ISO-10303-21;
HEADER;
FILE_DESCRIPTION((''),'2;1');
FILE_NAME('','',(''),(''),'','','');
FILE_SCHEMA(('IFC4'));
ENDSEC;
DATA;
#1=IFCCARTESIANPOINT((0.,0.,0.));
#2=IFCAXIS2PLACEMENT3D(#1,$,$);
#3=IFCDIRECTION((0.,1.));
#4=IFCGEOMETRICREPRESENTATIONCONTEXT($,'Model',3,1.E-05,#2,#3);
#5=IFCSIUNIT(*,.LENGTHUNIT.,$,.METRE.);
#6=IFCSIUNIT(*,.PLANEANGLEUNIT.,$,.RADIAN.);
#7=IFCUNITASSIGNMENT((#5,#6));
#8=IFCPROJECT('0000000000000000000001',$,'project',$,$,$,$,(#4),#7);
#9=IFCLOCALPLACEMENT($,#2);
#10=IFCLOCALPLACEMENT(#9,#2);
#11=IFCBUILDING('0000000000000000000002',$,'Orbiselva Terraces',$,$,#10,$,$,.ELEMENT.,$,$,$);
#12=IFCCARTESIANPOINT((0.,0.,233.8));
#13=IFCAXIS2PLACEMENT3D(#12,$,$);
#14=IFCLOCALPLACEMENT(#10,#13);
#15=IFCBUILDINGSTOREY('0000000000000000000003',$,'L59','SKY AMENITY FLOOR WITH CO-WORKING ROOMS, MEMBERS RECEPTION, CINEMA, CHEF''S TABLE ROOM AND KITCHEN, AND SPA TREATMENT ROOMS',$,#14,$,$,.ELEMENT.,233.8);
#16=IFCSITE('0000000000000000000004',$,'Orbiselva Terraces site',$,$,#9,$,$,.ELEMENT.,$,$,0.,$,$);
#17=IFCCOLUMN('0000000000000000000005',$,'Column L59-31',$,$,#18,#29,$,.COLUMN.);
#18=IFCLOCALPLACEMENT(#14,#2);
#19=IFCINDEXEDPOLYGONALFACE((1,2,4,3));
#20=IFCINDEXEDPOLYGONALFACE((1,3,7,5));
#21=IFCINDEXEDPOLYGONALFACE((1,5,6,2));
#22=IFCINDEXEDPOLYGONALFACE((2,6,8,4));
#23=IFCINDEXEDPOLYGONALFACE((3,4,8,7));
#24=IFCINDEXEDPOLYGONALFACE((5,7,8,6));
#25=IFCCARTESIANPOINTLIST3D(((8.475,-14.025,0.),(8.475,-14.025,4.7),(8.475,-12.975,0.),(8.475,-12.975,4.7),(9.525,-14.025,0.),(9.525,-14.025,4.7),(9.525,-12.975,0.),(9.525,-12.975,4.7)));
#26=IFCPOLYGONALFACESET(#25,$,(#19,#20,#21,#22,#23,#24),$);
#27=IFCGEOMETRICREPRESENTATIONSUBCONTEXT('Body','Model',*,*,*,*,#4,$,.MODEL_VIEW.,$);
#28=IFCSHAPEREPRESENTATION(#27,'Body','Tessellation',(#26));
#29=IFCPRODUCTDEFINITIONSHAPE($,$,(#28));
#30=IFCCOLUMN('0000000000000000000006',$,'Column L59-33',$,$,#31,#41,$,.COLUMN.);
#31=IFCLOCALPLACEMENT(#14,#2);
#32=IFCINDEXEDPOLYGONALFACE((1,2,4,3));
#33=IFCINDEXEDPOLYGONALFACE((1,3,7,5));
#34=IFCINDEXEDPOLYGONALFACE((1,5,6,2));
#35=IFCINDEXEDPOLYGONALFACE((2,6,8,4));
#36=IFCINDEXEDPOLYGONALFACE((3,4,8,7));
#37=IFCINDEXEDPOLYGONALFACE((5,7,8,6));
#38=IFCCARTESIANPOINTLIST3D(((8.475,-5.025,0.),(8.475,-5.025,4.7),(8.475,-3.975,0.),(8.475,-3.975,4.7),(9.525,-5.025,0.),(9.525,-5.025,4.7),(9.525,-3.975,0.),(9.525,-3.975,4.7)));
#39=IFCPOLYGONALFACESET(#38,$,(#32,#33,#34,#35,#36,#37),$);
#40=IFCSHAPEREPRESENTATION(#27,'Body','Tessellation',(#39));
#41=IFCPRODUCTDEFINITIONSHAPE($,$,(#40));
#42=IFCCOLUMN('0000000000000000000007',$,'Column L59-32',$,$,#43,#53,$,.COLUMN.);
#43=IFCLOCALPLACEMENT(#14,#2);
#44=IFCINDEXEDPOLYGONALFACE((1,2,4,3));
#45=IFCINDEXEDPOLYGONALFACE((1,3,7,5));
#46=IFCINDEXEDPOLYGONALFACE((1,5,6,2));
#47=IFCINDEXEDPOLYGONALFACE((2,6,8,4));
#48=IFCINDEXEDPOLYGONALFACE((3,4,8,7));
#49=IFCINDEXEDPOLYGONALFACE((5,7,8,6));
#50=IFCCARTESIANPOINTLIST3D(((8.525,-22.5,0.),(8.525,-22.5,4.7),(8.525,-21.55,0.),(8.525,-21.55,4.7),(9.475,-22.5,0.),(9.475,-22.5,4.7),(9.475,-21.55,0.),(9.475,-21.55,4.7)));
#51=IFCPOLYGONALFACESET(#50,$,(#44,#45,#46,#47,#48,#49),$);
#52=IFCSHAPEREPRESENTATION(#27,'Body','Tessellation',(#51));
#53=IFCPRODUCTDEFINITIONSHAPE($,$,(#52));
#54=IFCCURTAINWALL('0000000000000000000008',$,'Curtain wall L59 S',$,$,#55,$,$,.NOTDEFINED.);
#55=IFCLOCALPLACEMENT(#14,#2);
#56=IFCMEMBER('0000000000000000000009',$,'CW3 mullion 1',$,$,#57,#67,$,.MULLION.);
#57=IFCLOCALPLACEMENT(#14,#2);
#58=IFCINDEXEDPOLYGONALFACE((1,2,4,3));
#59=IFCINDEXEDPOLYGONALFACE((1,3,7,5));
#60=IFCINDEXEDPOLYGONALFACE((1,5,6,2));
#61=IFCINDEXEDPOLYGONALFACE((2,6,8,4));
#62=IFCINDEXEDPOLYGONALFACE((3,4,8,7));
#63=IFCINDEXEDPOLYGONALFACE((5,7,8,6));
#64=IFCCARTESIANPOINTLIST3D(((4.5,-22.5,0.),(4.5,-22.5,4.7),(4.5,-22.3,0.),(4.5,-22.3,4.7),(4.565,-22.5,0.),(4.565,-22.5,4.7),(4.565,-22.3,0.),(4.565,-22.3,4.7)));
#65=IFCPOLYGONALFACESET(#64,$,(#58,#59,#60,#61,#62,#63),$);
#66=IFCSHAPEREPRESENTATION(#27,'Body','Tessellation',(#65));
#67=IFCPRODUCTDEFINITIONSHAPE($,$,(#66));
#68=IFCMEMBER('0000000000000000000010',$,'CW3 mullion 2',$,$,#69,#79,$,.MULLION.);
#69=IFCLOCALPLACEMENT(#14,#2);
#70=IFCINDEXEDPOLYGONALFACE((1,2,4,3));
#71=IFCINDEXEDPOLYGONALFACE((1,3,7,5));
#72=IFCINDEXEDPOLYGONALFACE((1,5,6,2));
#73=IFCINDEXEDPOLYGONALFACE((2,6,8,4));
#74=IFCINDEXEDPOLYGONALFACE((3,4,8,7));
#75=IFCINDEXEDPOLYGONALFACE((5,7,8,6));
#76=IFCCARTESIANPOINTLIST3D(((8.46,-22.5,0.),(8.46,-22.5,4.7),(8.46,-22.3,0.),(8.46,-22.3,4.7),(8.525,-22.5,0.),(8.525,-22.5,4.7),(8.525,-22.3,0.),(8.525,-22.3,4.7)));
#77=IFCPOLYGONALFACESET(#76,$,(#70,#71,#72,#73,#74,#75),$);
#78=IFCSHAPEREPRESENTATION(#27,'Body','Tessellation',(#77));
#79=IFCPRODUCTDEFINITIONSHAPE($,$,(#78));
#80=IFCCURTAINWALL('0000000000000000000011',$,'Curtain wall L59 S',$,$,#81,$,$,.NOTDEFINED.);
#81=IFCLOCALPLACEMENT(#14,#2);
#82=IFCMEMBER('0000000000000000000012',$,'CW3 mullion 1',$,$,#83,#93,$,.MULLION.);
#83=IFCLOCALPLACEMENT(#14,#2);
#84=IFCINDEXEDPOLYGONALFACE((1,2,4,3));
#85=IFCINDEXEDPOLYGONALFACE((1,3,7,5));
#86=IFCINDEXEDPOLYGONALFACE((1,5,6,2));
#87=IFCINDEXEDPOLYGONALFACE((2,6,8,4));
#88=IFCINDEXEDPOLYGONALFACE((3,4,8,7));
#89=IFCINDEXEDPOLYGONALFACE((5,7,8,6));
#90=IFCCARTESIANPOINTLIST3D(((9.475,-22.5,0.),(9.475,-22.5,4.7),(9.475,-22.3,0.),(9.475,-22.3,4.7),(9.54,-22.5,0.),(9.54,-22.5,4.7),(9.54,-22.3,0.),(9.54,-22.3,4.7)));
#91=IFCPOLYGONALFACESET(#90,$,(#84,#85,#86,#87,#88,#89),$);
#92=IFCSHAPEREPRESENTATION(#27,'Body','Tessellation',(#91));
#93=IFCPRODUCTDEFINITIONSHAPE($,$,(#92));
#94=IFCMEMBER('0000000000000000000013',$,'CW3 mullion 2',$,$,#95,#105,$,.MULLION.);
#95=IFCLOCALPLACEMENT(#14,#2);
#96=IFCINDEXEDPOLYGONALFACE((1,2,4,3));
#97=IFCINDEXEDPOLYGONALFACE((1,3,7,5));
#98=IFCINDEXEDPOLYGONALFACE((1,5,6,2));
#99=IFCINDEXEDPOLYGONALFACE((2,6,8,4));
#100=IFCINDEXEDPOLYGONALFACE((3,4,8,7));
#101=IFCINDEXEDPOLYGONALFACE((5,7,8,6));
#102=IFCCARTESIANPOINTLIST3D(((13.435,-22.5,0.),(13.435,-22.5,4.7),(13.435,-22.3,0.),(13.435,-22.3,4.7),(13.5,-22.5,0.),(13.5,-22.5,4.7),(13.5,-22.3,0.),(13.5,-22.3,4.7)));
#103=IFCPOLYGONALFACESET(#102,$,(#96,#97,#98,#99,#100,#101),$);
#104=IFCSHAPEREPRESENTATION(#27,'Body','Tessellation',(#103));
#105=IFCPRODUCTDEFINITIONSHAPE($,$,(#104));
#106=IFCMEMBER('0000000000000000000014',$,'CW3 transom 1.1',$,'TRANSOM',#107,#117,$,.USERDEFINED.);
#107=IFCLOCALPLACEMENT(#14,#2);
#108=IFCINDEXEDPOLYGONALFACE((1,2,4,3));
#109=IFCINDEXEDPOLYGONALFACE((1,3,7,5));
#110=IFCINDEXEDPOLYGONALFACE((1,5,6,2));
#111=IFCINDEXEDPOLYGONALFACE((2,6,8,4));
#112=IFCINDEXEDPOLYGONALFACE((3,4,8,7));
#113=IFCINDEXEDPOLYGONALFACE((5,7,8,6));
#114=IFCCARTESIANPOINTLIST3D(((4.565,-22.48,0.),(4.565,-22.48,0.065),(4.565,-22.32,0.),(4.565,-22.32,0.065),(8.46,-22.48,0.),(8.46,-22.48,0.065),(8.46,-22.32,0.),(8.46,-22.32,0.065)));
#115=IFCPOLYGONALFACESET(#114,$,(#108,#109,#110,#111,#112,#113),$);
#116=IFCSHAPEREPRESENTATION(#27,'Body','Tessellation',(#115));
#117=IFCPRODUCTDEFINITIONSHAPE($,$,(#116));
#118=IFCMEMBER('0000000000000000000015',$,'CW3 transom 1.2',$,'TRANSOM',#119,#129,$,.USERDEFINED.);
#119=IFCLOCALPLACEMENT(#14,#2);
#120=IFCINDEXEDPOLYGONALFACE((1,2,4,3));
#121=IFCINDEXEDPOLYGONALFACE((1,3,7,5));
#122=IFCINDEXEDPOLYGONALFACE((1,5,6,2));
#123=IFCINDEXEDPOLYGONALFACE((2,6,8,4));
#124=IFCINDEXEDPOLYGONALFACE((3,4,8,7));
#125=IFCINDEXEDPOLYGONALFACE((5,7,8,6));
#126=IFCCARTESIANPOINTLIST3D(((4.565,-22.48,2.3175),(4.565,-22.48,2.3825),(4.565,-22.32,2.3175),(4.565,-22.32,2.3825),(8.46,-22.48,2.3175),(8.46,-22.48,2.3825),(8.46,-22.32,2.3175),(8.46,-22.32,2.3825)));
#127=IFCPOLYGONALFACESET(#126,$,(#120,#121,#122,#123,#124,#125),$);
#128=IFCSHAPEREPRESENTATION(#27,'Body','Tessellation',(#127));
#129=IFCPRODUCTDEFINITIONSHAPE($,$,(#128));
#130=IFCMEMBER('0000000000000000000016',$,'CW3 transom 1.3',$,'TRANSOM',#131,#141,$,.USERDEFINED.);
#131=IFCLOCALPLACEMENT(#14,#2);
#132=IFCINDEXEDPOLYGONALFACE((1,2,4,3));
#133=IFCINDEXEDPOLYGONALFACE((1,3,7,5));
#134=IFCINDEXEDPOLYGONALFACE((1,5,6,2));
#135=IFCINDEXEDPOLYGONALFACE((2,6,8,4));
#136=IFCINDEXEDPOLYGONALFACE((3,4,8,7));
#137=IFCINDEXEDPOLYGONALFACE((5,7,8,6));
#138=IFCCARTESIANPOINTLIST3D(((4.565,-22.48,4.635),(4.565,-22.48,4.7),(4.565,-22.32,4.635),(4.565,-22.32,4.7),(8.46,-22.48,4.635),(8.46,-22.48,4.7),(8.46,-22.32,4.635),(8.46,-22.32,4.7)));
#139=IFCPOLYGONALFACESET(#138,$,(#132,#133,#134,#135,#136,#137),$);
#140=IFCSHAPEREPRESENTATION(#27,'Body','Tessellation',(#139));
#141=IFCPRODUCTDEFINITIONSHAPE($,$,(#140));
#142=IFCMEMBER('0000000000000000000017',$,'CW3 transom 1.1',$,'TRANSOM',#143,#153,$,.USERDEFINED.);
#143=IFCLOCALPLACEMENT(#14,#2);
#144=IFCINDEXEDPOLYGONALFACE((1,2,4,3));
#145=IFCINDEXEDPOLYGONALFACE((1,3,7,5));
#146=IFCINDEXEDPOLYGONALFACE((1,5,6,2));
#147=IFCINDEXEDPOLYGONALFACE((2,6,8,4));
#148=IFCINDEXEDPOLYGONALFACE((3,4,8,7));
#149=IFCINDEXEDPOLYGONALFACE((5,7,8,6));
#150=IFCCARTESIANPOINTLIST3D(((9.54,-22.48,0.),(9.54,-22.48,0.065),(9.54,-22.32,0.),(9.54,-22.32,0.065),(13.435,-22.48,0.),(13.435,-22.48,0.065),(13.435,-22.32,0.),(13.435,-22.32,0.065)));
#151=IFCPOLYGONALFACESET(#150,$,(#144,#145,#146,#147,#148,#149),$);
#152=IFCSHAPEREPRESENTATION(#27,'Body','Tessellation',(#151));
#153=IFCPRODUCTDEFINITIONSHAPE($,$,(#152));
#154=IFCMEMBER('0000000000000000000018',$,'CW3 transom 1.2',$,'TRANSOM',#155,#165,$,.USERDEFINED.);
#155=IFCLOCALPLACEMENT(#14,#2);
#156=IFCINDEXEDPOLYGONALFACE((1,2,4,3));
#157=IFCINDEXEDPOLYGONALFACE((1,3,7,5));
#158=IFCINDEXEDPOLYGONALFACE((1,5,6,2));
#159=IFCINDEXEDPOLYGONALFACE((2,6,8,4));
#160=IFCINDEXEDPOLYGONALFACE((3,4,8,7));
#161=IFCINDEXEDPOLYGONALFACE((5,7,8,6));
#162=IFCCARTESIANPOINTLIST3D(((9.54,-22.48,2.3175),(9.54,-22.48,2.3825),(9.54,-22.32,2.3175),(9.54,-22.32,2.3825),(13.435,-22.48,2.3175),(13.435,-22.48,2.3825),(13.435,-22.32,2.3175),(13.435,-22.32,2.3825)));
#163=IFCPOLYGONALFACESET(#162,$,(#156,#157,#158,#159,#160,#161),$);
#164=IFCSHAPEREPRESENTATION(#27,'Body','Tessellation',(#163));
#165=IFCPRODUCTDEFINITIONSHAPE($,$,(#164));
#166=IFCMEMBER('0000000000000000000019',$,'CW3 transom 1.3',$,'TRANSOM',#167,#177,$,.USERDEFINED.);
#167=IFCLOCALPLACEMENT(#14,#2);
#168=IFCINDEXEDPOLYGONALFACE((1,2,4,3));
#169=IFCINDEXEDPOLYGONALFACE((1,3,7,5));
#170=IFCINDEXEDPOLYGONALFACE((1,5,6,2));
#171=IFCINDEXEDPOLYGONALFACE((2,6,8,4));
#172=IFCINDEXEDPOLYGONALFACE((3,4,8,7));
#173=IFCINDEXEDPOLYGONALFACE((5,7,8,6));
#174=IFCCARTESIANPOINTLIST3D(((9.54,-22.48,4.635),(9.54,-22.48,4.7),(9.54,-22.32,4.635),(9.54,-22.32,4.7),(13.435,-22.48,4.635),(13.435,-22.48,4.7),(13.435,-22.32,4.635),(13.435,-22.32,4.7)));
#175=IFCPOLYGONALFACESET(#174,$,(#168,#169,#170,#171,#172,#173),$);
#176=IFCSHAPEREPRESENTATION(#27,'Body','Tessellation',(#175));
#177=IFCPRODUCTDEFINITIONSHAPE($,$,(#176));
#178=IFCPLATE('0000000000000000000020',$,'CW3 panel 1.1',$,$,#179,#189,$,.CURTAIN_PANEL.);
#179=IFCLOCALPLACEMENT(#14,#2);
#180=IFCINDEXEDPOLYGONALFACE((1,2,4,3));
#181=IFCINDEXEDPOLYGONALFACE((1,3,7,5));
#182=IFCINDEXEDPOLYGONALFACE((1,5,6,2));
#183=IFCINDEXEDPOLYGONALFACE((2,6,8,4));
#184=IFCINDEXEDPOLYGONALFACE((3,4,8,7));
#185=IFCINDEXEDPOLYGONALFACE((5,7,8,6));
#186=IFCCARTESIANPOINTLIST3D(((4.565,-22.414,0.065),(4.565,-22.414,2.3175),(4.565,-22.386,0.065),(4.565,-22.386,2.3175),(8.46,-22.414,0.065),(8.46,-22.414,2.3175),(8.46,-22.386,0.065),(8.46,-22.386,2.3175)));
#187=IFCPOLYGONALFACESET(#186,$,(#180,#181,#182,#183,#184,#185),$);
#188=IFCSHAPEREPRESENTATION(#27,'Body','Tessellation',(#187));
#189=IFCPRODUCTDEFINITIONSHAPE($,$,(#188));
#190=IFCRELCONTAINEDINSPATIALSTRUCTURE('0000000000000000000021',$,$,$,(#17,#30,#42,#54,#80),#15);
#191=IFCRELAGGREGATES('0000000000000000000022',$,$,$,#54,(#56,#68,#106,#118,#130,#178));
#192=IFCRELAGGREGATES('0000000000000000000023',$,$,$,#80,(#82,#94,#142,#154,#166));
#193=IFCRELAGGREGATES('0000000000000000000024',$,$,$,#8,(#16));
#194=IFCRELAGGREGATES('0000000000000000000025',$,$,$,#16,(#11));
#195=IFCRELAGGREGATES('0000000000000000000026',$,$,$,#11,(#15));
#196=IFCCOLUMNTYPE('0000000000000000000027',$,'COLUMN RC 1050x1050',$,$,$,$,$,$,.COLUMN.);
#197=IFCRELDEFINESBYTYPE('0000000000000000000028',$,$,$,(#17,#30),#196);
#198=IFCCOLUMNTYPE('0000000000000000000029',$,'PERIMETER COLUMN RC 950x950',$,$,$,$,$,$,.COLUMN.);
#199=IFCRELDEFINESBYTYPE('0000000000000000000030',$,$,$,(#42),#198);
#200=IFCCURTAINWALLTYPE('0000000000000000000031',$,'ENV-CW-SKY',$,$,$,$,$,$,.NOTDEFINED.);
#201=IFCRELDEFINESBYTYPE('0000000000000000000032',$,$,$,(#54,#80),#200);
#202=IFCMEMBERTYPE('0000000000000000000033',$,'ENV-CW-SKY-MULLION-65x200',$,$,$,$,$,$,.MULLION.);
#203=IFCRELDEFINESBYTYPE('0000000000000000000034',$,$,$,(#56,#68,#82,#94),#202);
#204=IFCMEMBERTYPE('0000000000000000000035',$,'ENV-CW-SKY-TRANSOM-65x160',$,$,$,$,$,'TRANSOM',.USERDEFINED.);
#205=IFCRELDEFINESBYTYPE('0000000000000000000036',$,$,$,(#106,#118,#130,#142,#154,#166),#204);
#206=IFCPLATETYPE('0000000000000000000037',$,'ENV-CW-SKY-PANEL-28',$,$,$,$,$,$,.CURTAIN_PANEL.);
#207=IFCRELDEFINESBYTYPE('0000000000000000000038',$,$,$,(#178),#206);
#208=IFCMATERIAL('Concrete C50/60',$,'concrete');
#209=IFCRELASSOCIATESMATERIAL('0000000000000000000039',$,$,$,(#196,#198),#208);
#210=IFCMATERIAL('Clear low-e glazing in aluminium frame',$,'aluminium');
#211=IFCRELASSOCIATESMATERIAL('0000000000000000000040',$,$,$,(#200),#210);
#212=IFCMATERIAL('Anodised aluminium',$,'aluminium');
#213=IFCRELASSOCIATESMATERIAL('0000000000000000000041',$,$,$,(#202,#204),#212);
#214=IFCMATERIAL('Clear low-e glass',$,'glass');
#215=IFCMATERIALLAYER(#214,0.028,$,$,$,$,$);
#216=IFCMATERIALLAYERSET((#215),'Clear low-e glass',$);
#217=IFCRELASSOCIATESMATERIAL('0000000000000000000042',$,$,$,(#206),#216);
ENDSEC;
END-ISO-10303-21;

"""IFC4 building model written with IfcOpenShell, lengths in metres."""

from ifc_helpers import new_model, si_unit, direction, frame, origin, origin_2d, place, context, subcontext, project, spatial, rectangle, extrude, material, layer, layer_set, material_profile, profile_set, type_object, element, aggregate, save


model = new_model("IFC4")

# Units and contexts
model_context = context("Model", 3, precision=1e-05, world=origin(), true_north=direction((0.0, 1.0)))
body_context = subcontext(model_context, "Body", "Model", "MODEL_VIEW")
ifc_project = project(units=[si_unit("LENGTHUNIT", "METRE"), si_unit("PLANEANGLEUNIT", "RADIAN")], contexts=[model_context])

# Site, building, storey
site_placement = place(None, origin())
site = spatial("IfcSite", under=ifc_project, at=site_placement, Name="Orbiselva Terraces site", CompositionType="ELEMENT", RefElevation=0.0)
building_placement = place(site_placement, origin())
building = spatial("IfcBuilding", under=site, at=building_placement, Name="Orbiselva Terraces", CompositionType="ELEMENT")
storey_placement = place(building_placement, frame((0.0, 0.0, 233.8)))
storey = spatial("IfcBuildingStorey", under=building, at=storey_placement, Name="L59", Description="SKY AMENITY FLOOR WITH CO-WORKING ROOMS, MEMBERS RECEPTION, CINEMA, CHEF'S TABLE ROOM AND KITCHEN, AND SPA TREATMENT ROOMS", CompositionType="ELEMENT", Elevation=233.8)

# Columns
ifc_material_1 = material(Name="Concrete C50/60", Category="concrete")
ifc_material_profile_1 = material_profile(ifc_material_1, rectangle(XDim=1.05, YDim=1.05, at=origin_2d()), Name="RC 1050x1050")
ifc_profile_set_1 = profile_set([ifc_material_profile_1], Name="Concrete C50/60")
column_type_1 = type_object("IfcColumnType", Name="COLUMN RC 1050x1050", PredefinedType="COLUMN", material=ifc_profile_set_1)
for number, where, z_axis, x_axis, name in (
    (1, (9.0, -13.5, 0.0), (0.0, 0.0, 1.0), (1.0, 0.0, 0.0), "Column L59-31"),
    (2, (9.0, -4.5, 0.0), (0.0, 0.0, 1.0), (1.0, 0.0, 0.0), "Column L59-33"),
):
    element("IfcColumn", number, at=place(storey_placement, frame(where, z_axis=z_axis, x_axis=x_axis)), inside=storey, type_object=column_type_1, Name=name, PredefinedType="COLUMN", context=body_context, shape_type="SweptSolid", body=[
        extrude(rectangle(XDim=1.05, YDim=1.05, at=origin_2d()), origin(), (0.0, 0.0, 1.0), 4.7),
    ])
ifc_material_profile_2 = material_profile(ifc_material_1, rectangle(XDim=0.95, YDim=0.95, at=origin_2d()), Name="RC 950x950")
ifc_profile_set_2 = profile_set([ifc_material_profile_2], Name="Concrete C50/60")
column_type_2 = type_object("IfcColumnType", Name="PERIMETER COLUMN RC 950x950", PredefinedType="COLUMN", material=ifc_profile_set_2)
column_placement = place(storey_placement, frame((9.0, -22.025, 0.0), z_axis=(0.0, 0.0, 1.0), x_axis=(1.0, 0.0, 0.0)))
element("IfcColumn", 3, at=column_placement, inside=storey, type_object=column_type_2, Name="Column L59-32", PredefinedType="COLUMN", context=body_context, shape_type="SweptSolid", body=[
    extrude(rectangle(XDim=0.95, YDim=0.95, at=origin_2d()), origin(), (0.0, 0.0, 1.0), 4.7),
])

# Curtain walls, members
ifc_material_2 = material(Name="Clear low-e glazing in aluminium frame", Category="aluminium")
curtain_wall_type = type_object("IfcCurtainWallType", Name="ENV-CW-SKY", PredefinedType="NOTDEFINED", material=ifc_material_2)
curtain_wall_1_placement = place(storey_placement, origin())
curtain_wall_1 = element("IfcCurtainWall", 4, at=curtain_wall_1_placement, inside=storey, type_object=curtain_wall_type, Name="Curtain wall L59 S", PredefinedType="NOTDEFINED")
ifc_material_3 = material(Name="Anodised aluminium", Category="aluminium")
ifc_material_profile_3 = material_profile(ifc_material_3, rectangle(XDim=0.2, YDim=0.065, at=origin_2d()), Name="AL 65x200")
ifc_profile_set_3 = profile_set([ifc_material_profile_3], Name="Anodised aluminium")
member_type_1 = type_object("IfcMemberType", Name="ENV-CW-SKY-MULLION-65x200", PredefinedType="MULLION", material=ifc_profile_set_3)
member_1_placement = place(storey_placement, frame((4.5325, -22.4, 0.0), z_axis=(0.0, 0.0, 1.0), x_axis=(0.0, 1.0, 0.0)))
member_1 = element("IfcMember", 5, at=member_1_placement, type_object=member_type_1, Name="CW3 mullion 1", PredefinedType="MULLION", context=body_context, shape_type="SweptSolid", body=[
    extrude(rectangle(XDim=0.2, YDim=0.065, at=origin_2d()), origin(), (0.0, 0.0, 1.0), 4.7),
])
member_2_placement = place(storey_placement, frame((8.4925, -22.4, 0.0), z_axis=(0.0, 0.0, 1.0), x_axis=(0.0, 1.0, 0.0)))
member_2 = element("IfcMember", 6, at=member_2_placement, type_object=member_type_1, Name="CW3 mullion 2", PredefinedType="MULLION", context=body_context, shape_type="SweptSolid", body=[
    extrude(rectangle(XDim=0.2, YDim=0.065, at=origin_2d()), origin(), (0.0, 0.0, 1.0), 4.7),
])
curtain_wall_2_placement = place(storey_placement, origin())
curtain_wall_2 = element("IfcCurtainWall", 7, at=curtain_wall_2_placement, inside=storey, type_object=curtain_wall_type, Name="Curtain wall L59 S", PredefinedType="NOTDEFINED")
member_3_placement = place(storey_placement, frame((9.5075, -22.4, 0.0), z_axis=(0.0, 0.0, 1.0), x_axis=(0.0, 1.0, 0.0)))
member_3 = element("IfcMember", 8, at=member_3_placement, type_object=member_type_1, Name="CW3 mullion 1", PredefinedType="MULLION", context=body_context, shape_type="SweptSolid", body=[
    extrude(rectangle(XDim=0.2, YDim=0.065, at=origin_2d()), origin(), (0.0, 0.0, 1.0), 4.7),
])
member_4_placement = place(storey_placement, frame((13.4675, -22.4, 0.0), z_axis=(0.0, 0.0, 1.0), x_axis=(0.0, 1.0, 0.0)))
member_4 = element("IfcMember", 9, at=member_4_placement, type_object=member_type_1, Name="CW3 mullion 2", PredefinedType="MULLION", context=body_context, shape_type="SweptSolid", body=[
    extrude(rectangle(XDim=0.2, YDim=0.065, at=origin_2d()), origin(), (0.0, 0.0, 1.0), 4.7),
])

# Members
ifc_material_profile_4 = material_profile(ifc_material_3, rectangle(XDim=0.16, YDim=0.065, at=origin_2d()), Name="AL 65x160")
ifc_profile_set_4 = profile_set([ifc_material_profile_4], Name="Anodised aluminium")
member_type_2 = type_object("IfcMemberType", Name="ENV-CW-SKY-TRANSOM-65x160", ElementType="TRANSOM", PredefinedType="USERDEFINED", material=ifc_profile_set_4)
member_5_placement = place(storey_placement, frame((4.565, -22.4, 0.0325), z_axis=(1.0, 0.0, 0.0), x_axis=(0.0, 1.0, 0.0)))
member_5 = element("IfcMember", 10, at=member_5_placement, type_object=member_type_2, Name="CW3 transom 1.1", ObjectType="TRANSOM", PredefinedType="USERDEFINED", context=body_context, shape_type="SweptSolid", body=[
    extrude(rectangle(XDim=0.16, YDim=0.065, at=origin_2d()), origin(), (0.0, 0.0, 1.0), 3.895),
])
member_6_placement = place(storey_placement, frame((4.565, -22.4, 2.35), z_axis=(1.0, 0.0, 0.0), x_axis=(0.0, 1.0, 0.0)))
member_6 = element("IfcMember", 11, at=member_6_placement, type_object=member_type_2, Name="CW3 transom 1.2", ObjectType="TRANSOM", PredefinedType="USERDEFINED", context=body_context, shape_type="SweptSolid", body=[
    extrude(rectangle(XDim=0.16, YDim=0.065, at=origin_2d()), origin(), (0.0, 0.0, 1.0), 3.895),
])
member_7_placement = place(storey_placement, frame((4.565, -22.4, 4.6675), z_axis=(1.0, 0.0, 0.0), x_axis=(0.0, 1.0, 0.0)))
member_7 = element("IfcMember", 12, at=member_7_placement, type_object=member_type_2, Name="CW3 transom 1.3", ObjectType="TRANSOM", PredefinedType="USERDEFINED", context=body_context, shape_type="SweptSolid", body=[
    extrude(rectangle(XDim=0.16, YDim=0.065, at=origin_2d()), origin(), (0.0, 0.0, 1.0), 3.895),
])
member_8_placement = place(storey_placement, frame((9.54, -22.4, 0.0325), z_axis=(1.0, 0.0, 0.0), x_axis=(0.0, 1.0, 0.0)))
member_8 = element("IfcMember", 13, at=member_8_placement, type_object=member_type_2, Name="CW3 transom 1.1", ObjectType="TRANSOM", PredefinedType="USERDEFINED", context=body_context, shape_type="SweptSolid", body=[
    extrude(rectangle(XDim=0.16, YDim=0.065, at=origin_2d()), origin(), (0.0, 0.0, 1.0), 3.895),
])
member_9_placement = place(storey_placement, frame((9.54, -22.4, 2.35), z_axis=(1.0, 0.0, 0.0), x_axis=(0.0, 1.0, 0.0)))
member_9 = element("IfcMember", 14, at=member_9_placement, type_object=member_type_2, Name="CW3 transom 1.2", ObjectType="TRANSOM", PredefinedType="USERDEFINED", context=body_context, shape_type="SweptSolid", body=[
    extrude(rectangle(XDim=0.16, YDim=0.065, at=origin_2d()), origin(), (0.0, 0.0, 1.0), 3.895),
])
member_10_placement = place(storey_placement, frame((9.54, -22.4, 4.6675), z_axis=(1.0, 0.0, 0.0), x_axis=(0.0, 1.0, 0.0)))
member_10 = element("IfcMember", 15, at=member_10_placement, type_object=member_type_2, Name="CW3 transom 1.3", ObjectType="TRANSOM", PredefinedType="USERDEFINED", context=body_context, shape_type="SweptSolid", body=[
    extrude(rectangle(XDim=0.16, YDim=0.065, at=origin_2d()), origin(), (0.0, 0.0, 1.0), 3.895),
])

# Plate
ifc_material_4 = material(Name="Clear low-e glass", Category="glass")
ifc_layer_1 = layer(ifc_material_4, 0.028)
ifc_layer_set_1 = layer_set([ifc_layer_1], Name="Clear low-e glass")
plate_type = type_object("IfcPlateType", Name="ENV-CW-SKY-PANEL-28", PredefinedType="CURTAIN_PANEL", material=ifc_layer_set_1)
plate_1_placement = place(storey_placement, frame((6.5125, -22.4, 0.065), z_axis=(0.0, 0.0, 1.0), x_axis=(1.0, 0.0, 0.0)))
plate_1 = element("IfcPlate", 16, at=plate_1_placement, type_object=plate_type, Name="CW3 panel 1.1", PredefinedType="CURTAIN_PANEL", context=body_context, shape_type="SweptSolid", body=[
    extrude(rectangle(XDim=3.895, YDim=0.028, at=origin_2d()), origin(), (0.0, 0.0, 1.0), 2.2525),
])
aggregate(curtain_wall_1, [member_1, member_2, member_5, member_6, member_7, plate_1])
aggregate(curtain_wall_2, [member_3, member_4, member_8, member_9, member_10])

save(model, "model.ifc")
